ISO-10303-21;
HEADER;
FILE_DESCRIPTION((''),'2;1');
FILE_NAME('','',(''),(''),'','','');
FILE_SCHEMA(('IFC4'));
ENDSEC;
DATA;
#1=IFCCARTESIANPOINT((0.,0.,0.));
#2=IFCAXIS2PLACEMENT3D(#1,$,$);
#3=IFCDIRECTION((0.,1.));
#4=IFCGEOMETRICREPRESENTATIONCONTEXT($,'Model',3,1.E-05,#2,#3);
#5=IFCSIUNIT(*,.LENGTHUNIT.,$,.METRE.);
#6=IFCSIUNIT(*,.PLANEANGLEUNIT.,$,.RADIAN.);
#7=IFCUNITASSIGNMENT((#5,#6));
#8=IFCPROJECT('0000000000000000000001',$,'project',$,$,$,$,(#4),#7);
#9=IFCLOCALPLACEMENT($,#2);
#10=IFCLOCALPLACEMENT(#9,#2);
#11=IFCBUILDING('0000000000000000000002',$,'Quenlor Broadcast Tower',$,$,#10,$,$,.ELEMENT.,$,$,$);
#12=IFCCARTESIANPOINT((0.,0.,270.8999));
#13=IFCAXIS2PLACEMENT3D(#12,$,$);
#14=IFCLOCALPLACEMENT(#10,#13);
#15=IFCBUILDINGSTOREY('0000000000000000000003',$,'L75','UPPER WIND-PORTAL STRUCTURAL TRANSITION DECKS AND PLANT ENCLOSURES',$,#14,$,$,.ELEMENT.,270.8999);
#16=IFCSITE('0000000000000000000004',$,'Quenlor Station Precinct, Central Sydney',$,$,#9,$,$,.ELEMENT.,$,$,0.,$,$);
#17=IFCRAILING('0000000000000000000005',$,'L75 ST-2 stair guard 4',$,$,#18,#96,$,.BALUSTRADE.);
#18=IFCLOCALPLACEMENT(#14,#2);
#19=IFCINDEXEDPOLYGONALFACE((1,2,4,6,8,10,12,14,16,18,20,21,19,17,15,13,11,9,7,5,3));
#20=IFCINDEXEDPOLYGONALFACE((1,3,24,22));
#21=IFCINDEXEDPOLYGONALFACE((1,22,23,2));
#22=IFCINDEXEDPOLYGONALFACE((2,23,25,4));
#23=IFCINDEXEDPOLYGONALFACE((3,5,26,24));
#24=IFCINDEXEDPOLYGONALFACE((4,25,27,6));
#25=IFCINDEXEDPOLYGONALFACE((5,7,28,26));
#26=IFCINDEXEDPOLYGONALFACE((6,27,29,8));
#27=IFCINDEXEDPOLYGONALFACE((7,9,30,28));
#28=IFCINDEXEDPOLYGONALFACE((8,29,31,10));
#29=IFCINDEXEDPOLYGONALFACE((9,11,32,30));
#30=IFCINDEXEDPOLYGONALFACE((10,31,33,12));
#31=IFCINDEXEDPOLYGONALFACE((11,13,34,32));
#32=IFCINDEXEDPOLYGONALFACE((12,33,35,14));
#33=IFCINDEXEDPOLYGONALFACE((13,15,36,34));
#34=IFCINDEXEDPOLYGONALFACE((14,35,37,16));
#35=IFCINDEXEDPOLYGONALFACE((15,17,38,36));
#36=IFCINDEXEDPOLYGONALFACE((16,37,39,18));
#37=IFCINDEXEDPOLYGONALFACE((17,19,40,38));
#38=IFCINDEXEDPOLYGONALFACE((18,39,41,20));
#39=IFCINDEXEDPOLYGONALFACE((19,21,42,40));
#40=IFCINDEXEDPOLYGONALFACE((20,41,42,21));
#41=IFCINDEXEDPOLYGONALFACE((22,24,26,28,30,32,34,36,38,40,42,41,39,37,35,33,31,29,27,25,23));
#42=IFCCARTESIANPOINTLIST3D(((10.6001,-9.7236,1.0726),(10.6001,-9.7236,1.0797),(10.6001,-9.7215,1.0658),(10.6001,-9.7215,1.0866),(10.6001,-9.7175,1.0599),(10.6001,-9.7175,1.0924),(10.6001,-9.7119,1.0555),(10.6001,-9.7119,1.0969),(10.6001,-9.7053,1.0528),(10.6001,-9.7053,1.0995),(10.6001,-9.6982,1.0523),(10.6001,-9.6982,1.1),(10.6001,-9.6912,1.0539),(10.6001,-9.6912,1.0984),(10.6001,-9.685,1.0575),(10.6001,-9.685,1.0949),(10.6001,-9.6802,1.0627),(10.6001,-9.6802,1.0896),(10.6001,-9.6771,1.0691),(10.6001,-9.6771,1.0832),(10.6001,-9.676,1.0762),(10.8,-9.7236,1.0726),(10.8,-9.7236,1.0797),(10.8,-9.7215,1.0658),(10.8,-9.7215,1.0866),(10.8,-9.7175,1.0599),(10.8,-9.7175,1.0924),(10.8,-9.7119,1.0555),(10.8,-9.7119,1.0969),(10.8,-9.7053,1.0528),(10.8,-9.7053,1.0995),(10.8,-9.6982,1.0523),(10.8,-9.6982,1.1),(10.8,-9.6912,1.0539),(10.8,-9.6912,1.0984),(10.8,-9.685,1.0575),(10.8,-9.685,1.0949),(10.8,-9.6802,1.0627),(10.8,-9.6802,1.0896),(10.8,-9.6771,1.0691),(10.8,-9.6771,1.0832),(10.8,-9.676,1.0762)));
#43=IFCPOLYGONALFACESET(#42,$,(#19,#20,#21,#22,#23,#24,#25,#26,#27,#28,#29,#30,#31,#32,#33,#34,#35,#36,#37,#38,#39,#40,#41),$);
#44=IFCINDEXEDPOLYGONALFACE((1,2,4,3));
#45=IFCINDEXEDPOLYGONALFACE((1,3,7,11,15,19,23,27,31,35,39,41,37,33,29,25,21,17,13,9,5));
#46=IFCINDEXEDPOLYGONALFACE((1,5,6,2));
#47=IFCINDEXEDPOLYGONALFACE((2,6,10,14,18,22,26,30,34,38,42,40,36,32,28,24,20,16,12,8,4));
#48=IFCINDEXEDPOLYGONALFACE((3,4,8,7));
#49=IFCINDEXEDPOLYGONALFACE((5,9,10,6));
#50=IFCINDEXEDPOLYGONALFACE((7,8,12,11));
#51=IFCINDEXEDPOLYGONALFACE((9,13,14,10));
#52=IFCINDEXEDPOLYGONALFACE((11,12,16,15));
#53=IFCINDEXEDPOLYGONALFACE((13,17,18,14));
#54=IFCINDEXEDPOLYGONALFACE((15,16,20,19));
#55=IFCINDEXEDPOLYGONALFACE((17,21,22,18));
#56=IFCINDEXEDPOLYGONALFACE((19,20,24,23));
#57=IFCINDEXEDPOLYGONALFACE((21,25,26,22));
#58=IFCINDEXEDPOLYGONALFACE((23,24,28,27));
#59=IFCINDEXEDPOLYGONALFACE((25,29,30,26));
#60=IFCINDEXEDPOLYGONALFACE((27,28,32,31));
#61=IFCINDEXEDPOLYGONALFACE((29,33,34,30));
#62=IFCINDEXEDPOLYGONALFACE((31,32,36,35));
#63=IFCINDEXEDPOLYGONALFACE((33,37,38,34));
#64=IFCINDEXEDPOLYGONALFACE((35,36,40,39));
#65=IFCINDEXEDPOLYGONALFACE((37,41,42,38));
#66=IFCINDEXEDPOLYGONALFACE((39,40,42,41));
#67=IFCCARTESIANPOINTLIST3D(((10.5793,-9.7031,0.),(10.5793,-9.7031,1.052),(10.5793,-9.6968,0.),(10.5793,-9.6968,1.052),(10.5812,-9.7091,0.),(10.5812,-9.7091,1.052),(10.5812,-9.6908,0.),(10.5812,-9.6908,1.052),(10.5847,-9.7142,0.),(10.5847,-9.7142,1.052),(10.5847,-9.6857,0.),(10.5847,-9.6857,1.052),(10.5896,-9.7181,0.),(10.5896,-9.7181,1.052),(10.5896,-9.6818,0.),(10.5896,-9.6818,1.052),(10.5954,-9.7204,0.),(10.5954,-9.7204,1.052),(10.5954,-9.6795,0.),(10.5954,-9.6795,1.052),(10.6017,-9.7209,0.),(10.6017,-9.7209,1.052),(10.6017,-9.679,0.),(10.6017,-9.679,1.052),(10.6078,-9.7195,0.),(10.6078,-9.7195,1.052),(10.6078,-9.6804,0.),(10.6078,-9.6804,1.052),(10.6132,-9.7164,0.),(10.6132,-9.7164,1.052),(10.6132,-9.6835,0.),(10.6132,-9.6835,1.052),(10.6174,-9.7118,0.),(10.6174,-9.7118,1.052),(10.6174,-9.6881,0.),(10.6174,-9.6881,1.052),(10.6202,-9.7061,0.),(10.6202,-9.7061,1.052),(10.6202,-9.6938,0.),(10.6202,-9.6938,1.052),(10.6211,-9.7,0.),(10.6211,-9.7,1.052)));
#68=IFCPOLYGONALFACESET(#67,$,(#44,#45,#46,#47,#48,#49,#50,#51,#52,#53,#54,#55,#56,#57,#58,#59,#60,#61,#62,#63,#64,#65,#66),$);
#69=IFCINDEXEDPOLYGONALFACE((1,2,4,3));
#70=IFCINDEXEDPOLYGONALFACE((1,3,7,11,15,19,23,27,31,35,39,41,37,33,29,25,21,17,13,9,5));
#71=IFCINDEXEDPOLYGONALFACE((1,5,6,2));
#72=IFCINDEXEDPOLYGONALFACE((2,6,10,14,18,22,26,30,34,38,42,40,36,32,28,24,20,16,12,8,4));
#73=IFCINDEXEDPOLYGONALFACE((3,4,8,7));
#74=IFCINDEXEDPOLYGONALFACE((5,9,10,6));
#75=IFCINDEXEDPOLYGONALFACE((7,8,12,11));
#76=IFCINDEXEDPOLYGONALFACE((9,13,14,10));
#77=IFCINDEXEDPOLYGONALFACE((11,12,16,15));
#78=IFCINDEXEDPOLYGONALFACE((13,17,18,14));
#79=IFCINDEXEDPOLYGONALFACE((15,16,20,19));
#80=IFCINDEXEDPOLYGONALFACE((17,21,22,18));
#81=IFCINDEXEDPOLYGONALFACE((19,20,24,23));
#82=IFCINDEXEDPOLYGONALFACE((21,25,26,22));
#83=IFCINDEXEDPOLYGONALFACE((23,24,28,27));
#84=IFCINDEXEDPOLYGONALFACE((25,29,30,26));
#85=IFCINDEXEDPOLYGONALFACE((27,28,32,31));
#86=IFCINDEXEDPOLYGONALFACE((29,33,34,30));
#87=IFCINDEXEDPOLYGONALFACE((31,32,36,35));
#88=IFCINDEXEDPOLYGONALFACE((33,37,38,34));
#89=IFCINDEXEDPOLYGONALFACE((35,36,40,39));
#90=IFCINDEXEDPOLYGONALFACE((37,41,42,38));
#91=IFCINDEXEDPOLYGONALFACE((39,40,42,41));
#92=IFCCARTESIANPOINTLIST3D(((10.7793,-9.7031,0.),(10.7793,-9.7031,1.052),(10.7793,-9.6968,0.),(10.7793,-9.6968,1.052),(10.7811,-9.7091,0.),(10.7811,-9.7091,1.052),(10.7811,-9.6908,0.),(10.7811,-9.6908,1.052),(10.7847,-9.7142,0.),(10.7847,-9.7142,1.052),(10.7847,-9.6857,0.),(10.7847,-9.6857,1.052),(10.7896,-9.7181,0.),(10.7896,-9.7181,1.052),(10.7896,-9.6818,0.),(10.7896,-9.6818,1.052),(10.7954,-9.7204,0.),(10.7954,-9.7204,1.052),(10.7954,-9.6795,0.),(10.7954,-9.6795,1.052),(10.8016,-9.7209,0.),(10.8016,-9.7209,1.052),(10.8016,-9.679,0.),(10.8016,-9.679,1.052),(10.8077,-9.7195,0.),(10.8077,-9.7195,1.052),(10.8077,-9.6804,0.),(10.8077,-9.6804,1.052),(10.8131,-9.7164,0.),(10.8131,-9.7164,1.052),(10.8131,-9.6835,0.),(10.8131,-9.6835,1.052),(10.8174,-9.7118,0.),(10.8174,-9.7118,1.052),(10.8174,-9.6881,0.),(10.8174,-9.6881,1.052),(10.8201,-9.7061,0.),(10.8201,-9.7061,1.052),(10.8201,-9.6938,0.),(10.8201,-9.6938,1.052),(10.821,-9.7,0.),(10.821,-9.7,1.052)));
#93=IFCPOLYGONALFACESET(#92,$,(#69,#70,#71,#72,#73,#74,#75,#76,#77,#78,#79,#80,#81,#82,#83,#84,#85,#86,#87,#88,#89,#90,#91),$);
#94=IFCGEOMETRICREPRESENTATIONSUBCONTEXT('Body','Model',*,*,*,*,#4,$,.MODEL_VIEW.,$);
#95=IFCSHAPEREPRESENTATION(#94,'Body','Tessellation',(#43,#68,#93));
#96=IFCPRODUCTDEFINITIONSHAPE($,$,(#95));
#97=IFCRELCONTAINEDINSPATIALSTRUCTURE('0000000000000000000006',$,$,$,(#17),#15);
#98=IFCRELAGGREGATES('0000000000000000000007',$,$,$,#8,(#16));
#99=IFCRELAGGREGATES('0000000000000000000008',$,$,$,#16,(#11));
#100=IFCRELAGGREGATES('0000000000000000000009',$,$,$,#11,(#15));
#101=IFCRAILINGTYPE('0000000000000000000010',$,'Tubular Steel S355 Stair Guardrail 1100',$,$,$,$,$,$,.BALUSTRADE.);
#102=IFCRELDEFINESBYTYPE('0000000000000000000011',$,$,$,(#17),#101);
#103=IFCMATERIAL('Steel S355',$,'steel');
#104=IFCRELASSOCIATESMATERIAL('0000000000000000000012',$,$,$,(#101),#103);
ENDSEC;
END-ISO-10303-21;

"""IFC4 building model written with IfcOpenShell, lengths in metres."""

from ifc_helpers import new_model, si_unit, direction, frame, origin, origin_2d, place, context, subcontext, project, spatial, circle, extrude, material, type_object, element, save


model = new_model("IFC4")

# Units and contexts
model_context = context("Model", 3, precision=1e-05, world=origin(), true_north=direction((0.0, 1.0)))
body_context = subcontext(model_context, "Body", "Model", "MODEL_VIEW")
ifc_project = project(units=[si_unit("LENGTHUNIT", "METRE"), si_unit("PLANEANGLEUNIT", "RADIAN")], contexts=[model_context])

# Site, building, storey
site_placement = place(None, origin())
site = spatial("IfcSite", under=ifc_project, at=site_placement, Name="Quenlor Station Precinct, Central Sydney", CompositionType="ELEMENT", RefElevation=0.0)
building_placement = place(site_placement, origin())
building = spatial("IfcBuilding", under=site, at=building_placement, Name="Quenlor Broadcast Tower", CompositionType="ELEMENT")
storey_placement = place(building_placement, frame((0.0, 0.0, 270.8999)))
storey = spatial("IfcBuildingStorey", under=building, at=storey_placement, Name="L75", Description="UPPER WIND-PORTAL STRUCTURAL TRANSITION DECKS AND PLANT ENCLOSURES", CompositionType="ELEMENT", Elevation=270.8999)

# Railing
ifc_material_1 = material(Name="Steel S355", Category="steel")
railing_type_1 = type_object("IfcRailingType", Name="Tubular Steel S355 Stair Guardrail 1100", PredefinedType="BALUSTRADE", material=ifc_material_1)
railing_1_placement = place(storey_placement, frame((10.6001, -9.7, 0.0)))
element("IfcRailing", 1, at=railing_1_placement, inside=storey, type_object=railing_type_1, Name="L75 ST-2 stair guard 4", PredefinedType="BALUSTRADE", context=body_context, shape_type="SweptSolid", body=[
    extrude(circle(Radius=0.0239, at=origin_2d()), frame((0.0, 0.0, 1.0762), z_axis=(1.0, 0.0, 0.0), x_axis=(0.0, 1.0, 0.0)), (0.0, 0.0, 1.0), 0.2),
    extrude(circle(Radius=0.021, at=origin_2d()), origin(), (0.0, 0.0, 1.0), 1.052),
    extrude(circle(Radius=0.021, at=origin_2d()), frame((0.2, 0.0, 0.0)), (0.0, 0.0, 1.0), 1.052),
])

save(model, "model.ifc")
